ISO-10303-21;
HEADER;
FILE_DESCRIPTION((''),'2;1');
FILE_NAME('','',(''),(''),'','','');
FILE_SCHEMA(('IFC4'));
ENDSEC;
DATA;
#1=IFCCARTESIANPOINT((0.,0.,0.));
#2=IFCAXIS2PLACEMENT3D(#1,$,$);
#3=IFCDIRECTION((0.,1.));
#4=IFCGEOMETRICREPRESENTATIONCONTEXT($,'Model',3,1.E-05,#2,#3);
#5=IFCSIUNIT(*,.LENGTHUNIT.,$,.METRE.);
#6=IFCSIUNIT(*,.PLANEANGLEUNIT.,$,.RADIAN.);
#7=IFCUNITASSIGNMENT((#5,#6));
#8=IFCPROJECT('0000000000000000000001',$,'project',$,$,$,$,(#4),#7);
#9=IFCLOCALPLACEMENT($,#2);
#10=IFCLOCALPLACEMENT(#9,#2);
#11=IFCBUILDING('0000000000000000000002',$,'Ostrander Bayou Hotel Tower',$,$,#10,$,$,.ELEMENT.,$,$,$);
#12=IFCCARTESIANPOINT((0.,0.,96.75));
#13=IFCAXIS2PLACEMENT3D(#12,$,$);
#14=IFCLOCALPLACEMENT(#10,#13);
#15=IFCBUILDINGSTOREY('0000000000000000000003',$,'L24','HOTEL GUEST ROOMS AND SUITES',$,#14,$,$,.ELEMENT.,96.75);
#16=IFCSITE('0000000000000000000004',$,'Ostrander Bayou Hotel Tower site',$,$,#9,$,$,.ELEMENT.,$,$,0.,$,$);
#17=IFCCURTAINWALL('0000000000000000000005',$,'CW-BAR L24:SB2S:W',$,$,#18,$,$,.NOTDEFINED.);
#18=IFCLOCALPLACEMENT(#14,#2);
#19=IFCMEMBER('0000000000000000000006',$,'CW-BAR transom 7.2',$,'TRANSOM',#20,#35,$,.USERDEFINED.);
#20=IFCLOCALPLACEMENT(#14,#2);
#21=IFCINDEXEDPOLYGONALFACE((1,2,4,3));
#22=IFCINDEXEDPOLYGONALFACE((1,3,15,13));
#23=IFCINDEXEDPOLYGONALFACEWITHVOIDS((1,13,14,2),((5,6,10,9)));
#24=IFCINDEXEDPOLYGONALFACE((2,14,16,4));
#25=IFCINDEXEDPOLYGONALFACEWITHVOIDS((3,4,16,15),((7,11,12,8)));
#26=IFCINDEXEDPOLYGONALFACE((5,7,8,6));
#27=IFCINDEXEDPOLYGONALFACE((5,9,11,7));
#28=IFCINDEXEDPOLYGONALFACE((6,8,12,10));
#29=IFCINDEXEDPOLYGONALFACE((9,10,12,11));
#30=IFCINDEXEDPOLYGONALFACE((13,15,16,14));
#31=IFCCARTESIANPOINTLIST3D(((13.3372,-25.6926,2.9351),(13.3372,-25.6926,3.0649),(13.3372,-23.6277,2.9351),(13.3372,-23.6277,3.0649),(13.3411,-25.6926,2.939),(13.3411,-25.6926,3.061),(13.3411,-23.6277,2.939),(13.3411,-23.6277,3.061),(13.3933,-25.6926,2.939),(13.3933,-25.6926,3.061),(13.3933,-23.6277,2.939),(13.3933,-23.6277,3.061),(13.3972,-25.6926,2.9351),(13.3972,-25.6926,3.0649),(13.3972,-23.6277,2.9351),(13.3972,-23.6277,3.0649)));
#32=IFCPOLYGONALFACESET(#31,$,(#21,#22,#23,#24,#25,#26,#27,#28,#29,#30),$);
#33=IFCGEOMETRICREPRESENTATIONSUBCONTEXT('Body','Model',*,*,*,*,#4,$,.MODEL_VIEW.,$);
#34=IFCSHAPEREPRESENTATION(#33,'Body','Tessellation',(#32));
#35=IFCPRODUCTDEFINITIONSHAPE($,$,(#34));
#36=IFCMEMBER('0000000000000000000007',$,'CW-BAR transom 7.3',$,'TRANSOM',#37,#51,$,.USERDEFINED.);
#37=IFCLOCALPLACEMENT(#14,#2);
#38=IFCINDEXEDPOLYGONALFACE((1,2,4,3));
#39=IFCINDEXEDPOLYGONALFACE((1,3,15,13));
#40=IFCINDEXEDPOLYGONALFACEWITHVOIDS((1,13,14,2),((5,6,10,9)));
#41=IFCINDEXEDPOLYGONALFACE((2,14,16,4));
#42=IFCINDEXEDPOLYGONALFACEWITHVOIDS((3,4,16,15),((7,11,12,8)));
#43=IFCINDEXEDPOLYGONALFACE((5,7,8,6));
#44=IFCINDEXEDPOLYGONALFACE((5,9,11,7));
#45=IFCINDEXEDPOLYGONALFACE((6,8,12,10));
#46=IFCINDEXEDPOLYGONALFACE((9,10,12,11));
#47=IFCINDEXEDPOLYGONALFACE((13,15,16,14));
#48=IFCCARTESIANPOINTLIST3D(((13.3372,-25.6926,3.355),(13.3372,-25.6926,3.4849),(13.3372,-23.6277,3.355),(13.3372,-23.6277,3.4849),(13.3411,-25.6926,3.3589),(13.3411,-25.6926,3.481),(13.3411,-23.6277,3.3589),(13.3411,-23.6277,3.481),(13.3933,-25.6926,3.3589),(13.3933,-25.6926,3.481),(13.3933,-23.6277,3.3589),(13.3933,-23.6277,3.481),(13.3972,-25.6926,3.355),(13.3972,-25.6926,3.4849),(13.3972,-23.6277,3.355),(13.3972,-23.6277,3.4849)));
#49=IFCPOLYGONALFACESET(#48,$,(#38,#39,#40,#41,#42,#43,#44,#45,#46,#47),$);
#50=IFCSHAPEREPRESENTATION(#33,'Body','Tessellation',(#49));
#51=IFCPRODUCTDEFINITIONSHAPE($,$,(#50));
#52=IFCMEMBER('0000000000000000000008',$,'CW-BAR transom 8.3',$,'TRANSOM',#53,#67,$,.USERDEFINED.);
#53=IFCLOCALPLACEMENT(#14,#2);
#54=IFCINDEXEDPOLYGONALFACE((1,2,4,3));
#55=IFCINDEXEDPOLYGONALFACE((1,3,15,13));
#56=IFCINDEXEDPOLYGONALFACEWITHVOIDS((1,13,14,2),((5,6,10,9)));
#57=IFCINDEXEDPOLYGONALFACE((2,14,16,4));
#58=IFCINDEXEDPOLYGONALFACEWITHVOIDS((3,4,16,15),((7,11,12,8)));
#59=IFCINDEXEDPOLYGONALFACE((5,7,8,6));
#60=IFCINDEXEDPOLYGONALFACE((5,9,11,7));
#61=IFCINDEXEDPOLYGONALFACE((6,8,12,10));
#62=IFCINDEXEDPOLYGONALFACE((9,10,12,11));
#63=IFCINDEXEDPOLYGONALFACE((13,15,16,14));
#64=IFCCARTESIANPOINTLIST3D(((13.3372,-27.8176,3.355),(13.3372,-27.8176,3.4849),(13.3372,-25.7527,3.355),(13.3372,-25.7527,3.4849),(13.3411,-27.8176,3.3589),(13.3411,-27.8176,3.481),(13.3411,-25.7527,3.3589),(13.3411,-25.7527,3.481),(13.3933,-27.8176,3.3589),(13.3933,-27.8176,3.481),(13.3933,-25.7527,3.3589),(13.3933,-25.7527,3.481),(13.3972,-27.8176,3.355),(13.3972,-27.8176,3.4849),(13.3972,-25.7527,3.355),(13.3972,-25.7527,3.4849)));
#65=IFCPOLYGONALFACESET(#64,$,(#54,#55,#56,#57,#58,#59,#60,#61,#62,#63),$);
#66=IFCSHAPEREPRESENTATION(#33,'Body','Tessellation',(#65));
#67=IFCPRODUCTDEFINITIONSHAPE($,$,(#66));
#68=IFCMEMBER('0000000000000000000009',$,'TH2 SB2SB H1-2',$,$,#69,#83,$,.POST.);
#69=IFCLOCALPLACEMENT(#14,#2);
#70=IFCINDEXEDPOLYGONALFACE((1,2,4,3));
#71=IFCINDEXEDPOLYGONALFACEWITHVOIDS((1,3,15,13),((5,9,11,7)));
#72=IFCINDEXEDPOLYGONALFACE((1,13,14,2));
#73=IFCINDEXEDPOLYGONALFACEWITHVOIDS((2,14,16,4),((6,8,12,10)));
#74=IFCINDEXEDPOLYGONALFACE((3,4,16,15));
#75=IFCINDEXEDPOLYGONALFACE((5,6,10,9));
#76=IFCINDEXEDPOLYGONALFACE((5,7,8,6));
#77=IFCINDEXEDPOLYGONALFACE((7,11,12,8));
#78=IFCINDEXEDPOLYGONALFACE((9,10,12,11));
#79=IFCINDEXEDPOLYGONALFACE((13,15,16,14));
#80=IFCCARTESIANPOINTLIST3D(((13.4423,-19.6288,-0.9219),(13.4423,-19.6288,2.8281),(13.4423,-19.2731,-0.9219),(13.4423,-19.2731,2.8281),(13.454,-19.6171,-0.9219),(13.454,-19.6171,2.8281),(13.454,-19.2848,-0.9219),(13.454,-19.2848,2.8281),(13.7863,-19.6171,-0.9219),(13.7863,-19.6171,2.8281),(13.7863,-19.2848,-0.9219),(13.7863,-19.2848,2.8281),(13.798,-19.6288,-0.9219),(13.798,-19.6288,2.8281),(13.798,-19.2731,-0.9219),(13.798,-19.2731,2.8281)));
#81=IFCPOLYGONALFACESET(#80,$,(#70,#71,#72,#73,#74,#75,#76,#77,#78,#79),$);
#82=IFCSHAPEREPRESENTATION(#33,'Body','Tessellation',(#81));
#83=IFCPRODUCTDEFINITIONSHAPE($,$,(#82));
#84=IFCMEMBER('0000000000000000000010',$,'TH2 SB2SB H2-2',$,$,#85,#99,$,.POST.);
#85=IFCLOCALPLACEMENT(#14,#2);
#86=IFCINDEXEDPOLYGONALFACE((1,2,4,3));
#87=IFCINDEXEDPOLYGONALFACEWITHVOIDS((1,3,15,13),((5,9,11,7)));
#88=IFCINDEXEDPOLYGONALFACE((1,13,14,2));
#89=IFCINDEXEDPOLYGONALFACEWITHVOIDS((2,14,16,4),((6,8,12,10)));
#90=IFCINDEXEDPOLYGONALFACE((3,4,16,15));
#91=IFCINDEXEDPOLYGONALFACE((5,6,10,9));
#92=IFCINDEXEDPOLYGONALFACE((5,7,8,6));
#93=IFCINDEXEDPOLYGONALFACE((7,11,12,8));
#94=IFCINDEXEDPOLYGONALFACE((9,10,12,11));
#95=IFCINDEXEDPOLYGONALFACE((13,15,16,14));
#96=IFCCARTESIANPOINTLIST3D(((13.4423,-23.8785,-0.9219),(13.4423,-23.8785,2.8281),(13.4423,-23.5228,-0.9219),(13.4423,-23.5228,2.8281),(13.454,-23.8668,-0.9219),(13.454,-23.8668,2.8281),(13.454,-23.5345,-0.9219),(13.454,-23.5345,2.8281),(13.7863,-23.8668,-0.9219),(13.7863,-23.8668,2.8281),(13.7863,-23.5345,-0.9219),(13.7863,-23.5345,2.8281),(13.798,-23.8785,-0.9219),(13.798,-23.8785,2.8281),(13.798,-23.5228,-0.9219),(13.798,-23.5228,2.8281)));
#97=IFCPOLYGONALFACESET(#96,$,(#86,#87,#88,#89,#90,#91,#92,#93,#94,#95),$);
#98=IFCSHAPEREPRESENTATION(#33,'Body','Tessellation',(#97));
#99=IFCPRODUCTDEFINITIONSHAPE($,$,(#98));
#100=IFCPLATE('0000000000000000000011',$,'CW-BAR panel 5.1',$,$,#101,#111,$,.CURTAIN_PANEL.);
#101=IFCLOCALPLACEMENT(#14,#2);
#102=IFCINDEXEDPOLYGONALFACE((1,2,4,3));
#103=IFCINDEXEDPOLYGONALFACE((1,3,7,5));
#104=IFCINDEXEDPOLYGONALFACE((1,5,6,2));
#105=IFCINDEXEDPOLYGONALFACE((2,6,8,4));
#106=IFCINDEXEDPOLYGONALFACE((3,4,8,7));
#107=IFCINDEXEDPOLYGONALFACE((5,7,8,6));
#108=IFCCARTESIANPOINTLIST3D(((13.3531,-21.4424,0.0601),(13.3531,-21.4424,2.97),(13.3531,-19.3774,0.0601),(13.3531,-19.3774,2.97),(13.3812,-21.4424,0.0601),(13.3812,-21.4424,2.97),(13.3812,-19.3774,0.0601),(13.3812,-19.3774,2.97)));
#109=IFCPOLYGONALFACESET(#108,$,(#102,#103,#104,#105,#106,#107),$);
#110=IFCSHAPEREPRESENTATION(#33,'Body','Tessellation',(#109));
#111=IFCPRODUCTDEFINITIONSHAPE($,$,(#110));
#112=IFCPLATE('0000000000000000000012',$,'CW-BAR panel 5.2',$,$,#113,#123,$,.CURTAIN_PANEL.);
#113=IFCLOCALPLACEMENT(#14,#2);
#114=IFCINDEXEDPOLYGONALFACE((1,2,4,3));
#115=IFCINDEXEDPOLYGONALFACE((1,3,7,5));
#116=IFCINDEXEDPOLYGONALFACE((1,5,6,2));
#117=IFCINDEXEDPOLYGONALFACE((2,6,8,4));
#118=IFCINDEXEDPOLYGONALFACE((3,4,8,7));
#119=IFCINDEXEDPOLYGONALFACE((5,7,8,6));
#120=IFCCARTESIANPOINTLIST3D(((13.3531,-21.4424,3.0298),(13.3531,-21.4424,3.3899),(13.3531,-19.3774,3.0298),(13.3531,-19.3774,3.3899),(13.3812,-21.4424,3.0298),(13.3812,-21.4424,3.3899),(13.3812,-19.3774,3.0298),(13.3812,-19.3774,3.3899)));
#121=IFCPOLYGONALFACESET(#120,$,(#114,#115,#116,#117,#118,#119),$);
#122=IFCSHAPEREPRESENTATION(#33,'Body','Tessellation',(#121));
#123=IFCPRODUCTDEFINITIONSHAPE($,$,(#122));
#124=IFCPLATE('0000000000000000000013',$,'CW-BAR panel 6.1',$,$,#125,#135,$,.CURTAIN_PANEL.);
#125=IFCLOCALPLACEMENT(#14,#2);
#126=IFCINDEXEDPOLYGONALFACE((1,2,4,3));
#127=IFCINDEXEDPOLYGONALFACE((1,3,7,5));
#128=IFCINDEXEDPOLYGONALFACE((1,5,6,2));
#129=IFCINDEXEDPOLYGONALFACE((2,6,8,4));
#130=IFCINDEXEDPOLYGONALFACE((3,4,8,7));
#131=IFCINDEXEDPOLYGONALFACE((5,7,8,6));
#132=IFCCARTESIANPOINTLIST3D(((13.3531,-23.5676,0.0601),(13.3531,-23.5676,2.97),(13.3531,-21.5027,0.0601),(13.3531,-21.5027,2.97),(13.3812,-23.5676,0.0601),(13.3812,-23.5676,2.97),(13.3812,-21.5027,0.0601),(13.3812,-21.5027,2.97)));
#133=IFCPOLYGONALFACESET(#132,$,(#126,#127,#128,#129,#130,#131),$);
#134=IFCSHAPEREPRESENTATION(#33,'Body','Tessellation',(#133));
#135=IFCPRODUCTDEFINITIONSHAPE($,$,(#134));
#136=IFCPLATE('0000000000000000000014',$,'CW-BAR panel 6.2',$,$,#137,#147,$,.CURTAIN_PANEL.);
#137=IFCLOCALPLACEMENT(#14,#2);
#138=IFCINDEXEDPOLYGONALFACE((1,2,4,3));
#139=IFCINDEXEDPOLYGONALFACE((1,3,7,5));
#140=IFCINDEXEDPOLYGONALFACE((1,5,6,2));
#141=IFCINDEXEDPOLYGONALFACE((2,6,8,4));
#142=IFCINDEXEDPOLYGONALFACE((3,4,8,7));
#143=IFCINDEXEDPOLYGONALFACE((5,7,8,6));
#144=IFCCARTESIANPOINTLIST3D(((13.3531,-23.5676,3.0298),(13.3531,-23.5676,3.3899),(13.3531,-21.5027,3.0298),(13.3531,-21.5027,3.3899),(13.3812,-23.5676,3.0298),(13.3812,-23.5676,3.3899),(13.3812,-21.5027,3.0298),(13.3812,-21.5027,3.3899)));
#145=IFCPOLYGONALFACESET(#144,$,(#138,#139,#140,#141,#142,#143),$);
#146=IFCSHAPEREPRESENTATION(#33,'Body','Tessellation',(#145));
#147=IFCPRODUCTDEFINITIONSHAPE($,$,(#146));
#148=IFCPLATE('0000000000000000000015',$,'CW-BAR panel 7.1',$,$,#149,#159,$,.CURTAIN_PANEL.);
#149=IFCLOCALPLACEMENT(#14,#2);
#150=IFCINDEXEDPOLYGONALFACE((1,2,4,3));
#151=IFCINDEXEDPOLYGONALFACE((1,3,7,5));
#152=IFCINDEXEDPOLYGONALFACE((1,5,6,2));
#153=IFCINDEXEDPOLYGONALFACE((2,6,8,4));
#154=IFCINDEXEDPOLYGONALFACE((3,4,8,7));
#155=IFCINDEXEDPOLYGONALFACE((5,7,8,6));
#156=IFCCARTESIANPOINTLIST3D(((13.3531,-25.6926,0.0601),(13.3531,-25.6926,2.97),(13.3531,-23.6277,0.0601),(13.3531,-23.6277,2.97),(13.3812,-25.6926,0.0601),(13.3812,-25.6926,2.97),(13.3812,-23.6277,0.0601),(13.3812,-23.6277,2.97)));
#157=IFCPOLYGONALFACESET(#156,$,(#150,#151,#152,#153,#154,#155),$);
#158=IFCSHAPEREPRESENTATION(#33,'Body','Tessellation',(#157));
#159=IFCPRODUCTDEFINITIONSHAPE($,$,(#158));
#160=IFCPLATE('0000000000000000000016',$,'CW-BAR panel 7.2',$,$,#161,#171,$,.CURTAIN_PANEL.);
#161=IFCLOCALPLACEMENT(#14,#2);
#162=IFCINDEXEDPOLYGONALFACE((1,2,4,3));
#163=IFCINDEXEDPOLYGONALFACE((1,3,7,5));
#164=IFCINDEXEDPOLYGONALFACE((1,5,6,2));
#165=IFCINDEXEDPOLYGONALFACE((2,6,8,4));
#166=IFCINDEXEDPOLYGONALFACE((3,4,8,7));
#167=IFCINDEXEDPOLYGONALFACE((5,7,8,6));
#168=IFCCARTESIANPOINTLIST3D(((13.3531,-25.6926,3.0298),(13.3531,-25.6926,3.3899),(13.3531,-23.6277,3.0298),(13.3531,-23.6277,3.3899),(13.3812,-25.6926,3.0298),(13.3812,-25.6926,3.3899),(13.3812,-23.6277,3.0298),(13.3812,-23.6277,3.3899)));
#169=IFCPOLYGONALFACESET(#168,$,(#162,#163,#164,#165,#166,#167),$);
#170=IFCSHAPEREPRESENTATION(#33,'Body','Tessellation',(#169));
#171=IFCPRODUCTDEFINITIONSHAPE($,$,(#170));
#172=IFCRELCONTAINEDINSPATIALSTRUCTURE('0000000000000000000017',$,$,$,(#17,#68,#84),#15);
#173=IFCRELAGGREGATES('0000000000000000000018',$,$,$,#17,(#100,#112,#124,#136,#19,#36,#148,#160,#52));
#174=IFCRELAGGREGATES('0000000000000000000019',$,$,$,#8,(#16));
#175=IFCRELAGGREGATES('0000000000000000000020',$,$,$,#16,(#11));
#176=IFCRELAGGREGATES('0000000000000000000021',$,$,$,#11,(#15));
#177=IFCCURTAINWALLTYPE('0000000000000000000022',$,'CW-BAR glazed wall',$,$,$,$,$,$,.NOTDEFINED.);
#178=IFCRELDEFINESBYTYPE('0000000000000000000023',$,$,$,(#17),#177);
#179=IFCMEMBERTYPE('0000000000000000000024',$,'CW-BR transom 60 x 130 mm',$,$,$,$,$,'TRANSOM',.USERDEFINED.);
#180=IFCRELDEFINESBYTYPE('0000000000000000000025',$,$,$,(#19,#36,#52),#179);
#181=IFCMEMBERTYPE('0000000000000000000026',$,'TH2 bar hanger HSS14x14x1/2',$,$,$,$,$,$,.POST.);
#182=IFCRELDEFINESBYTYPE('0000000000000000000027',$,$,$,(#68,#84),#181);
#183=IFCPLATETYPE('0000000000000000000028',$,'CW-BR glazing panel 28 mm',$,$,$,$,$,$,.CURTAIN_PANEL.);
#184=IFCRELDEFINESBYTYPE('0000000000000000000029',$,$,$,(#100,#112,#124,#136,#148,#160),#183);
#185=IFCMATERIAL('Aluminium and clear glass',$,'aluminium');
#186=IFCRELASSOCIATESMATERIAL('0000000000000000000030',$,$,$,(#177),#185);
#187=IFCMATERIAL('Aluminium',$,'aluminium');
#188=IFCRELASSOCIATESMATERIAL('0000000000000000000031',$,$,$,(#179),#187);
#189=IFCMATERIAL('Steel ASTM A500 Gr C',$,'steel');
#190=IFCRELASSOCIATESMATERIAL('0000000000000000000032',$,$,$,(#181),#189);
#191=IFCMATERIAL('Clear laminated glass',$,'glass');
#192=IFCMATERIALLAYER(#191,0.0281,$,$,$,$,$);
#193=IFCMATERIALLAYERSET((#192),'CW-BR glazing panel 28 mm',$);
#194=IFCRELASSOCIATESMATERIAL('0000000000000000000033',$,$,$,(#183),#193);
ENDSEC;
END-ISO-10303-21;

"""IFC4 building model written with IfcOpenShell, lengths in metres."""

from ifc_helpers import new_model, si_unit, direction, frame, origin, origin_2d, place, context, subcontext, project, spatial, rectangle, hollow_rectangle, extrude, material, layer, layer_set, material_profile, profile_set, type_object, element, aggregate, save


model = new_model("IFC4")

# Units and contexts
model_context = context("Model", 3, precision=1e-05, world=origin(), true_north=direction((0.0, 1.0)))
body_context = subcontext(model_context, "Body", "Model", "MODEL_VIEW")
ifc_project = project(units=[si_unit("LENGTHUNIT", "METRE"), si_unit("PLANEANGLEUNIT", "RADIAN")], contexts=[model_context])

# Site, building, storey
site_placement = place(None, origin())
site = spatial("IfcSite", under=ifc_project, at=site_placement, Name="Ostrander Bayou Hotel Tower site", CompositionType="ELEMENT", RefElevation=0.0)
building_placement = place(site_placement, origin())
building = spatial("IfcBuilding", under=site, at=building_placement, Name="Ostrander Bayou Hotel Tower", CompositionType="ELEMENT")
storey_placement = place(building_placement, frame((0.0, 0.0, 96.75)))
storey = spatial("IfcBuildingStorey", under=building, at=storey_placement, Name="L24", Description="HOTEL GUEST ROOMS AND SUITES", CompositionType="ELEMENT", Elevation=96.75)

# Curtain wall, members
ifc_material_1 = material(Name="Aluminium and clear glass", Category="aluminium")
curtain_wall_type = type_object("IfcCurtainWallType", Name="CW-BAR glazed wall", PredefinedType="NOTDEFINED", material=ifc_material_1)
curtain_wall_placement = place(storey_placement, origin())
curtain_wall = element("IfcCurtainWall", 1, at=curtain_wall_placement, inside=storey, type_object=curtain_wall_type, Name="CW-BAR L24:SB2S:W", PredefinedType="NOTDEFINED")
ifc_material_2 = material(Name="Aluminium", Category="aluminium")
ifc_material_profile_1 = material_profile(ifc_material_2, hollow_rectangle(XDim=0.0601, YDim=0.1299, WallThickness=0.0039, at=origin_2d()))
ifc_profile_set_1 = profile_set([ifc_material_profile_1], Name="Aluminium")
member_type_1 = type_object("IfcMemberType", Name="CW-BR transom 60 x 130 mm", ElementType="TRANSOM", PredefinedType="USERDEFINED", material=ifc_profile_set_1)
member_1_placement = place(storey_placement, frame((13.3672, -23.6277, 3.0), z_axis=(0.0, -1.0, 0.0), x_axis=(1.0, 0.0, 0.0)))
member_1 = element("IfcMember", 2, at=member_1_placement, type_object=member_type_1, Name="CW-BAR transom 7.2", ObjectType="TRANSOM", PredefinedType="USERDEFINED", context=body_context, shape_type="SweptSolid", body=[
    extrude(hollow_rectangle(XDim=0.0601, YDim=0.1299, WallThickness=0.0039, at=origin_2d()), origin(), (0.0, 0.0, 1.0), 2.0649),
])
member_2_placement = place(storey_placement, frame((13.3672, -23.6277, 3.4199), z_axis=(0.0, -1.0, 0.0), x_axis=(1.0, 0.0, 0.0)))
member_2 = element("IfcMember", 3, at=member_2_placement, type_object=member_type_1, Name="CW-BAR transom 7.3", ObjectType="TRANSOM", PredefinedType="USERDEFINED", context=body_context, shape_type="SweptSolid", body=[
    extrude(hollow_rectangle(XDim=0.0601, YDim=0.1299, WallThickness=0.0039, at=origin_2d()), origin(), (0.0, 0.0, 1.0), 2.0649),
])
member_3_placement = place(storey_placement, frame((13.3672, -25.7527, 3.4199), z_axis=(0.0, -1.0, 0.0), x_axis=(1.0, 0.0, 0.0)))
member_3 = element("IfcMember", 4, at=member_3_placement, type_object=member_type_1, Name="CW-BAR transom 8.3", ObjectType="TRANSOM", PredefinedType="USERDEFINED", context=body_context, shape_type="SweptSolid", body=[
    extrude(hollow_rectangle(XDim=0.0601, YDim=0.1299, WallThickness=0.0039, at=origin_2d()), origin(), (0.0, 0.0, 1.0), 2.0649),
])

# Members
ifc_material_3 = material(Name="Steel ASTM A500 Gr C", Category="steel")
ifc_material_profile_2 = material_profile(ifc_material_3, hollow_rectangle(XDim=0.3557, YDim=0.3557, WallThickness=0.0117, at=origin_2d()))
ifc_profile_set_2 = profile_set([ifc_material_profile_2], Name="Steel ASTM A500 Gr C")
member_type_2 = type_object("IfcMemberType", Name="TH2 bar hanger HSS14x14x1/2", PredefinedType="POST", material=ifc_profile_set_2)
for number, where, z_axis, x_axis, name in (
    (5, (13.6201, -19.4509, -0.9219), (0.0, 0.0, 1.0), (1.0, 0.0, 0.0), "TH2 SB2SB H1-2"),
    (6, (13.6201, -23.7007, -0.9219), (0.0, 0.0, 1.0), (1.0, 0.0, 0.0), "TH2 SB2SB H2-2"),
):
    element("IfcMember", number, at=place(storey_placement, frame(where, z_axis=z_axis, x_axis=x_axis)), inside=storey, type_object=member_type_2, Name=name, PredefinedType="POST", context=body_context, shape_type="SweptSolid", body=[
        extrude(hollow_rectangle(XDim=0.3557, YDim=0.3557, WallThickness=0.0117, at=origin_2d()), origin(), (0.0, 0.0, 1.0), 3.75),
    ])

# Plates
ifc_material_4 = material(Name="Clear laminated glass", Category="glass")
ifc_layer = layer(ifc_material_4, 0.0281)
ifc_layer_set = layer_set([ifc_layer], Name="CW-BR glazing panel 28 mm")
plate_type = type_object("IfcPlateType", Name="CW-BR glazing panel 28 mm", PredefinedType="CURTAIN_PANEL", material=ifc_layer_set)
plate_1_placement = place(storey_placement, frame((13.3672, -20.4099, 0.0601), z_axis=(0.0, 0.0, 1.0), x_axis=(0.0, -1.0, 0.0)))
plate_1 = element("IfcPlate", 7, at=plate_1_placement, type_object=plate_type, Name="CW-BAR panel 5.1", PredefinedType="CURTAIN_PANEL", context=body_context, shape_type="SweptSolid", body=[
    extrude(rectangle(XDim=2.0649, YDim=0.0281, at=origin_2d()), origin(), (0.0, 0.0, 1.0), 2.9099),
])
plate_2_placement = place(storey_placement, frame((13.3672, -20.4099, 3.0298), z_axis=(0.0, 0.0, 1.0), x_axis=(0.0, -1.0, 0.0)))
plate_2 = element("IfcPlate", 8, at=plate_2_placement, type_object=plate_type, Name="CW-BAR panel 5.2", PredefinedType="CURTAIN_PANEL", context=body_context, shape_type="SweptSolid", body=[
    extrude(rectangle(XDim=2.0649, YDim=0.0281, at=origin_2d()), origin(), (0.0, 0.0, 1.0), 0.3601),
])
plate_3_placement = place(storey_placement, frame((13.3672, -22.5352, 0.0601), z_axis=(0.0, 0.0, 1.0), x_axis=(0.0, -1.0, 0.0)))
plate_3 = element("IfcPlate", 9, at=plate_3_placement, type_object=plate_type, Name="CW-BAR panel 6.1", PredefinedType="CURTAIN_PANEL", context=body_context, shape_type="SweptSolid", body=[
    extrude(rectangle(XDim=2.0649, YDim=0.0281, at=origin_2d()), origin(), (0.0, 0.0, 1.0), 2.9099),
])
plate_4_placement = place(storey_placement, frame((13.3672, -22.5352, 3.0298), z_axis=(0.0, 0.0, 1.0), x_axis=(0.0, -1.0, 0.0)))
plate_4 = element("IfcPlate", 10, at=plate_4_placement, type_object=plate_type, Name="CW-BAR panel 6.2", PredefinedType="CURTAIN_PANEL", context=body_context, shape_type="SweptSolid", body=[
    extrude(rectangle(XDim=2.0649, YDim=0.0281, at=origin_2d()), origin(), (0.0, 0.0, 1.0), 0.3601),
])
plate_5_placement = place(storey_placement, frame((13.3672, -24.6602, 0.0601), z_axis=(0.0, 0.0, 1.0), x_axis=(0.0, -1.0, 0.0)))
plate_5 = element("IfcPlate", 11, at=plate_5_placement, type_object=plate_type, Name="CW-BAR panel 7.1", PredefinedType="CURTAIN_PANEL", context=body_context, shape_type="SweptSolid", body=[
    extrude(rectangle(XDim=2.0649, YDim=0.0281, at=origin_2d()), origin(), (0.0, 0.0, 1.0), 2.9099),
])
plate_6_placement = place(storey_placement, frame((13.3672, -24.6602, 3.0298), z_axis=(0.0, 0.0, 1.0), x_axis=(0.0, -1.0, 0.0)))
plate_6 = element("IfcPlate", 12, at=plate_6_placement, type_object=plate_type, Name="CW-BAR panel 7.2", PredefinedType="CURTAIN_PANEL", context=body_context, shape_type="SweptSolid", body=[
    extrude(rectangle(XDim=2.0649, YDim=0.0281, at=origin_2d()), origin(), (0.0, 0.0, 1.0), 0.3601),
])
aggregate(curtain_wall, [plate_1, plate_2, plate_3, plate_4, member_1, member_2, plate_5, plate_6, member_3])

save(model, "model.ifc")
